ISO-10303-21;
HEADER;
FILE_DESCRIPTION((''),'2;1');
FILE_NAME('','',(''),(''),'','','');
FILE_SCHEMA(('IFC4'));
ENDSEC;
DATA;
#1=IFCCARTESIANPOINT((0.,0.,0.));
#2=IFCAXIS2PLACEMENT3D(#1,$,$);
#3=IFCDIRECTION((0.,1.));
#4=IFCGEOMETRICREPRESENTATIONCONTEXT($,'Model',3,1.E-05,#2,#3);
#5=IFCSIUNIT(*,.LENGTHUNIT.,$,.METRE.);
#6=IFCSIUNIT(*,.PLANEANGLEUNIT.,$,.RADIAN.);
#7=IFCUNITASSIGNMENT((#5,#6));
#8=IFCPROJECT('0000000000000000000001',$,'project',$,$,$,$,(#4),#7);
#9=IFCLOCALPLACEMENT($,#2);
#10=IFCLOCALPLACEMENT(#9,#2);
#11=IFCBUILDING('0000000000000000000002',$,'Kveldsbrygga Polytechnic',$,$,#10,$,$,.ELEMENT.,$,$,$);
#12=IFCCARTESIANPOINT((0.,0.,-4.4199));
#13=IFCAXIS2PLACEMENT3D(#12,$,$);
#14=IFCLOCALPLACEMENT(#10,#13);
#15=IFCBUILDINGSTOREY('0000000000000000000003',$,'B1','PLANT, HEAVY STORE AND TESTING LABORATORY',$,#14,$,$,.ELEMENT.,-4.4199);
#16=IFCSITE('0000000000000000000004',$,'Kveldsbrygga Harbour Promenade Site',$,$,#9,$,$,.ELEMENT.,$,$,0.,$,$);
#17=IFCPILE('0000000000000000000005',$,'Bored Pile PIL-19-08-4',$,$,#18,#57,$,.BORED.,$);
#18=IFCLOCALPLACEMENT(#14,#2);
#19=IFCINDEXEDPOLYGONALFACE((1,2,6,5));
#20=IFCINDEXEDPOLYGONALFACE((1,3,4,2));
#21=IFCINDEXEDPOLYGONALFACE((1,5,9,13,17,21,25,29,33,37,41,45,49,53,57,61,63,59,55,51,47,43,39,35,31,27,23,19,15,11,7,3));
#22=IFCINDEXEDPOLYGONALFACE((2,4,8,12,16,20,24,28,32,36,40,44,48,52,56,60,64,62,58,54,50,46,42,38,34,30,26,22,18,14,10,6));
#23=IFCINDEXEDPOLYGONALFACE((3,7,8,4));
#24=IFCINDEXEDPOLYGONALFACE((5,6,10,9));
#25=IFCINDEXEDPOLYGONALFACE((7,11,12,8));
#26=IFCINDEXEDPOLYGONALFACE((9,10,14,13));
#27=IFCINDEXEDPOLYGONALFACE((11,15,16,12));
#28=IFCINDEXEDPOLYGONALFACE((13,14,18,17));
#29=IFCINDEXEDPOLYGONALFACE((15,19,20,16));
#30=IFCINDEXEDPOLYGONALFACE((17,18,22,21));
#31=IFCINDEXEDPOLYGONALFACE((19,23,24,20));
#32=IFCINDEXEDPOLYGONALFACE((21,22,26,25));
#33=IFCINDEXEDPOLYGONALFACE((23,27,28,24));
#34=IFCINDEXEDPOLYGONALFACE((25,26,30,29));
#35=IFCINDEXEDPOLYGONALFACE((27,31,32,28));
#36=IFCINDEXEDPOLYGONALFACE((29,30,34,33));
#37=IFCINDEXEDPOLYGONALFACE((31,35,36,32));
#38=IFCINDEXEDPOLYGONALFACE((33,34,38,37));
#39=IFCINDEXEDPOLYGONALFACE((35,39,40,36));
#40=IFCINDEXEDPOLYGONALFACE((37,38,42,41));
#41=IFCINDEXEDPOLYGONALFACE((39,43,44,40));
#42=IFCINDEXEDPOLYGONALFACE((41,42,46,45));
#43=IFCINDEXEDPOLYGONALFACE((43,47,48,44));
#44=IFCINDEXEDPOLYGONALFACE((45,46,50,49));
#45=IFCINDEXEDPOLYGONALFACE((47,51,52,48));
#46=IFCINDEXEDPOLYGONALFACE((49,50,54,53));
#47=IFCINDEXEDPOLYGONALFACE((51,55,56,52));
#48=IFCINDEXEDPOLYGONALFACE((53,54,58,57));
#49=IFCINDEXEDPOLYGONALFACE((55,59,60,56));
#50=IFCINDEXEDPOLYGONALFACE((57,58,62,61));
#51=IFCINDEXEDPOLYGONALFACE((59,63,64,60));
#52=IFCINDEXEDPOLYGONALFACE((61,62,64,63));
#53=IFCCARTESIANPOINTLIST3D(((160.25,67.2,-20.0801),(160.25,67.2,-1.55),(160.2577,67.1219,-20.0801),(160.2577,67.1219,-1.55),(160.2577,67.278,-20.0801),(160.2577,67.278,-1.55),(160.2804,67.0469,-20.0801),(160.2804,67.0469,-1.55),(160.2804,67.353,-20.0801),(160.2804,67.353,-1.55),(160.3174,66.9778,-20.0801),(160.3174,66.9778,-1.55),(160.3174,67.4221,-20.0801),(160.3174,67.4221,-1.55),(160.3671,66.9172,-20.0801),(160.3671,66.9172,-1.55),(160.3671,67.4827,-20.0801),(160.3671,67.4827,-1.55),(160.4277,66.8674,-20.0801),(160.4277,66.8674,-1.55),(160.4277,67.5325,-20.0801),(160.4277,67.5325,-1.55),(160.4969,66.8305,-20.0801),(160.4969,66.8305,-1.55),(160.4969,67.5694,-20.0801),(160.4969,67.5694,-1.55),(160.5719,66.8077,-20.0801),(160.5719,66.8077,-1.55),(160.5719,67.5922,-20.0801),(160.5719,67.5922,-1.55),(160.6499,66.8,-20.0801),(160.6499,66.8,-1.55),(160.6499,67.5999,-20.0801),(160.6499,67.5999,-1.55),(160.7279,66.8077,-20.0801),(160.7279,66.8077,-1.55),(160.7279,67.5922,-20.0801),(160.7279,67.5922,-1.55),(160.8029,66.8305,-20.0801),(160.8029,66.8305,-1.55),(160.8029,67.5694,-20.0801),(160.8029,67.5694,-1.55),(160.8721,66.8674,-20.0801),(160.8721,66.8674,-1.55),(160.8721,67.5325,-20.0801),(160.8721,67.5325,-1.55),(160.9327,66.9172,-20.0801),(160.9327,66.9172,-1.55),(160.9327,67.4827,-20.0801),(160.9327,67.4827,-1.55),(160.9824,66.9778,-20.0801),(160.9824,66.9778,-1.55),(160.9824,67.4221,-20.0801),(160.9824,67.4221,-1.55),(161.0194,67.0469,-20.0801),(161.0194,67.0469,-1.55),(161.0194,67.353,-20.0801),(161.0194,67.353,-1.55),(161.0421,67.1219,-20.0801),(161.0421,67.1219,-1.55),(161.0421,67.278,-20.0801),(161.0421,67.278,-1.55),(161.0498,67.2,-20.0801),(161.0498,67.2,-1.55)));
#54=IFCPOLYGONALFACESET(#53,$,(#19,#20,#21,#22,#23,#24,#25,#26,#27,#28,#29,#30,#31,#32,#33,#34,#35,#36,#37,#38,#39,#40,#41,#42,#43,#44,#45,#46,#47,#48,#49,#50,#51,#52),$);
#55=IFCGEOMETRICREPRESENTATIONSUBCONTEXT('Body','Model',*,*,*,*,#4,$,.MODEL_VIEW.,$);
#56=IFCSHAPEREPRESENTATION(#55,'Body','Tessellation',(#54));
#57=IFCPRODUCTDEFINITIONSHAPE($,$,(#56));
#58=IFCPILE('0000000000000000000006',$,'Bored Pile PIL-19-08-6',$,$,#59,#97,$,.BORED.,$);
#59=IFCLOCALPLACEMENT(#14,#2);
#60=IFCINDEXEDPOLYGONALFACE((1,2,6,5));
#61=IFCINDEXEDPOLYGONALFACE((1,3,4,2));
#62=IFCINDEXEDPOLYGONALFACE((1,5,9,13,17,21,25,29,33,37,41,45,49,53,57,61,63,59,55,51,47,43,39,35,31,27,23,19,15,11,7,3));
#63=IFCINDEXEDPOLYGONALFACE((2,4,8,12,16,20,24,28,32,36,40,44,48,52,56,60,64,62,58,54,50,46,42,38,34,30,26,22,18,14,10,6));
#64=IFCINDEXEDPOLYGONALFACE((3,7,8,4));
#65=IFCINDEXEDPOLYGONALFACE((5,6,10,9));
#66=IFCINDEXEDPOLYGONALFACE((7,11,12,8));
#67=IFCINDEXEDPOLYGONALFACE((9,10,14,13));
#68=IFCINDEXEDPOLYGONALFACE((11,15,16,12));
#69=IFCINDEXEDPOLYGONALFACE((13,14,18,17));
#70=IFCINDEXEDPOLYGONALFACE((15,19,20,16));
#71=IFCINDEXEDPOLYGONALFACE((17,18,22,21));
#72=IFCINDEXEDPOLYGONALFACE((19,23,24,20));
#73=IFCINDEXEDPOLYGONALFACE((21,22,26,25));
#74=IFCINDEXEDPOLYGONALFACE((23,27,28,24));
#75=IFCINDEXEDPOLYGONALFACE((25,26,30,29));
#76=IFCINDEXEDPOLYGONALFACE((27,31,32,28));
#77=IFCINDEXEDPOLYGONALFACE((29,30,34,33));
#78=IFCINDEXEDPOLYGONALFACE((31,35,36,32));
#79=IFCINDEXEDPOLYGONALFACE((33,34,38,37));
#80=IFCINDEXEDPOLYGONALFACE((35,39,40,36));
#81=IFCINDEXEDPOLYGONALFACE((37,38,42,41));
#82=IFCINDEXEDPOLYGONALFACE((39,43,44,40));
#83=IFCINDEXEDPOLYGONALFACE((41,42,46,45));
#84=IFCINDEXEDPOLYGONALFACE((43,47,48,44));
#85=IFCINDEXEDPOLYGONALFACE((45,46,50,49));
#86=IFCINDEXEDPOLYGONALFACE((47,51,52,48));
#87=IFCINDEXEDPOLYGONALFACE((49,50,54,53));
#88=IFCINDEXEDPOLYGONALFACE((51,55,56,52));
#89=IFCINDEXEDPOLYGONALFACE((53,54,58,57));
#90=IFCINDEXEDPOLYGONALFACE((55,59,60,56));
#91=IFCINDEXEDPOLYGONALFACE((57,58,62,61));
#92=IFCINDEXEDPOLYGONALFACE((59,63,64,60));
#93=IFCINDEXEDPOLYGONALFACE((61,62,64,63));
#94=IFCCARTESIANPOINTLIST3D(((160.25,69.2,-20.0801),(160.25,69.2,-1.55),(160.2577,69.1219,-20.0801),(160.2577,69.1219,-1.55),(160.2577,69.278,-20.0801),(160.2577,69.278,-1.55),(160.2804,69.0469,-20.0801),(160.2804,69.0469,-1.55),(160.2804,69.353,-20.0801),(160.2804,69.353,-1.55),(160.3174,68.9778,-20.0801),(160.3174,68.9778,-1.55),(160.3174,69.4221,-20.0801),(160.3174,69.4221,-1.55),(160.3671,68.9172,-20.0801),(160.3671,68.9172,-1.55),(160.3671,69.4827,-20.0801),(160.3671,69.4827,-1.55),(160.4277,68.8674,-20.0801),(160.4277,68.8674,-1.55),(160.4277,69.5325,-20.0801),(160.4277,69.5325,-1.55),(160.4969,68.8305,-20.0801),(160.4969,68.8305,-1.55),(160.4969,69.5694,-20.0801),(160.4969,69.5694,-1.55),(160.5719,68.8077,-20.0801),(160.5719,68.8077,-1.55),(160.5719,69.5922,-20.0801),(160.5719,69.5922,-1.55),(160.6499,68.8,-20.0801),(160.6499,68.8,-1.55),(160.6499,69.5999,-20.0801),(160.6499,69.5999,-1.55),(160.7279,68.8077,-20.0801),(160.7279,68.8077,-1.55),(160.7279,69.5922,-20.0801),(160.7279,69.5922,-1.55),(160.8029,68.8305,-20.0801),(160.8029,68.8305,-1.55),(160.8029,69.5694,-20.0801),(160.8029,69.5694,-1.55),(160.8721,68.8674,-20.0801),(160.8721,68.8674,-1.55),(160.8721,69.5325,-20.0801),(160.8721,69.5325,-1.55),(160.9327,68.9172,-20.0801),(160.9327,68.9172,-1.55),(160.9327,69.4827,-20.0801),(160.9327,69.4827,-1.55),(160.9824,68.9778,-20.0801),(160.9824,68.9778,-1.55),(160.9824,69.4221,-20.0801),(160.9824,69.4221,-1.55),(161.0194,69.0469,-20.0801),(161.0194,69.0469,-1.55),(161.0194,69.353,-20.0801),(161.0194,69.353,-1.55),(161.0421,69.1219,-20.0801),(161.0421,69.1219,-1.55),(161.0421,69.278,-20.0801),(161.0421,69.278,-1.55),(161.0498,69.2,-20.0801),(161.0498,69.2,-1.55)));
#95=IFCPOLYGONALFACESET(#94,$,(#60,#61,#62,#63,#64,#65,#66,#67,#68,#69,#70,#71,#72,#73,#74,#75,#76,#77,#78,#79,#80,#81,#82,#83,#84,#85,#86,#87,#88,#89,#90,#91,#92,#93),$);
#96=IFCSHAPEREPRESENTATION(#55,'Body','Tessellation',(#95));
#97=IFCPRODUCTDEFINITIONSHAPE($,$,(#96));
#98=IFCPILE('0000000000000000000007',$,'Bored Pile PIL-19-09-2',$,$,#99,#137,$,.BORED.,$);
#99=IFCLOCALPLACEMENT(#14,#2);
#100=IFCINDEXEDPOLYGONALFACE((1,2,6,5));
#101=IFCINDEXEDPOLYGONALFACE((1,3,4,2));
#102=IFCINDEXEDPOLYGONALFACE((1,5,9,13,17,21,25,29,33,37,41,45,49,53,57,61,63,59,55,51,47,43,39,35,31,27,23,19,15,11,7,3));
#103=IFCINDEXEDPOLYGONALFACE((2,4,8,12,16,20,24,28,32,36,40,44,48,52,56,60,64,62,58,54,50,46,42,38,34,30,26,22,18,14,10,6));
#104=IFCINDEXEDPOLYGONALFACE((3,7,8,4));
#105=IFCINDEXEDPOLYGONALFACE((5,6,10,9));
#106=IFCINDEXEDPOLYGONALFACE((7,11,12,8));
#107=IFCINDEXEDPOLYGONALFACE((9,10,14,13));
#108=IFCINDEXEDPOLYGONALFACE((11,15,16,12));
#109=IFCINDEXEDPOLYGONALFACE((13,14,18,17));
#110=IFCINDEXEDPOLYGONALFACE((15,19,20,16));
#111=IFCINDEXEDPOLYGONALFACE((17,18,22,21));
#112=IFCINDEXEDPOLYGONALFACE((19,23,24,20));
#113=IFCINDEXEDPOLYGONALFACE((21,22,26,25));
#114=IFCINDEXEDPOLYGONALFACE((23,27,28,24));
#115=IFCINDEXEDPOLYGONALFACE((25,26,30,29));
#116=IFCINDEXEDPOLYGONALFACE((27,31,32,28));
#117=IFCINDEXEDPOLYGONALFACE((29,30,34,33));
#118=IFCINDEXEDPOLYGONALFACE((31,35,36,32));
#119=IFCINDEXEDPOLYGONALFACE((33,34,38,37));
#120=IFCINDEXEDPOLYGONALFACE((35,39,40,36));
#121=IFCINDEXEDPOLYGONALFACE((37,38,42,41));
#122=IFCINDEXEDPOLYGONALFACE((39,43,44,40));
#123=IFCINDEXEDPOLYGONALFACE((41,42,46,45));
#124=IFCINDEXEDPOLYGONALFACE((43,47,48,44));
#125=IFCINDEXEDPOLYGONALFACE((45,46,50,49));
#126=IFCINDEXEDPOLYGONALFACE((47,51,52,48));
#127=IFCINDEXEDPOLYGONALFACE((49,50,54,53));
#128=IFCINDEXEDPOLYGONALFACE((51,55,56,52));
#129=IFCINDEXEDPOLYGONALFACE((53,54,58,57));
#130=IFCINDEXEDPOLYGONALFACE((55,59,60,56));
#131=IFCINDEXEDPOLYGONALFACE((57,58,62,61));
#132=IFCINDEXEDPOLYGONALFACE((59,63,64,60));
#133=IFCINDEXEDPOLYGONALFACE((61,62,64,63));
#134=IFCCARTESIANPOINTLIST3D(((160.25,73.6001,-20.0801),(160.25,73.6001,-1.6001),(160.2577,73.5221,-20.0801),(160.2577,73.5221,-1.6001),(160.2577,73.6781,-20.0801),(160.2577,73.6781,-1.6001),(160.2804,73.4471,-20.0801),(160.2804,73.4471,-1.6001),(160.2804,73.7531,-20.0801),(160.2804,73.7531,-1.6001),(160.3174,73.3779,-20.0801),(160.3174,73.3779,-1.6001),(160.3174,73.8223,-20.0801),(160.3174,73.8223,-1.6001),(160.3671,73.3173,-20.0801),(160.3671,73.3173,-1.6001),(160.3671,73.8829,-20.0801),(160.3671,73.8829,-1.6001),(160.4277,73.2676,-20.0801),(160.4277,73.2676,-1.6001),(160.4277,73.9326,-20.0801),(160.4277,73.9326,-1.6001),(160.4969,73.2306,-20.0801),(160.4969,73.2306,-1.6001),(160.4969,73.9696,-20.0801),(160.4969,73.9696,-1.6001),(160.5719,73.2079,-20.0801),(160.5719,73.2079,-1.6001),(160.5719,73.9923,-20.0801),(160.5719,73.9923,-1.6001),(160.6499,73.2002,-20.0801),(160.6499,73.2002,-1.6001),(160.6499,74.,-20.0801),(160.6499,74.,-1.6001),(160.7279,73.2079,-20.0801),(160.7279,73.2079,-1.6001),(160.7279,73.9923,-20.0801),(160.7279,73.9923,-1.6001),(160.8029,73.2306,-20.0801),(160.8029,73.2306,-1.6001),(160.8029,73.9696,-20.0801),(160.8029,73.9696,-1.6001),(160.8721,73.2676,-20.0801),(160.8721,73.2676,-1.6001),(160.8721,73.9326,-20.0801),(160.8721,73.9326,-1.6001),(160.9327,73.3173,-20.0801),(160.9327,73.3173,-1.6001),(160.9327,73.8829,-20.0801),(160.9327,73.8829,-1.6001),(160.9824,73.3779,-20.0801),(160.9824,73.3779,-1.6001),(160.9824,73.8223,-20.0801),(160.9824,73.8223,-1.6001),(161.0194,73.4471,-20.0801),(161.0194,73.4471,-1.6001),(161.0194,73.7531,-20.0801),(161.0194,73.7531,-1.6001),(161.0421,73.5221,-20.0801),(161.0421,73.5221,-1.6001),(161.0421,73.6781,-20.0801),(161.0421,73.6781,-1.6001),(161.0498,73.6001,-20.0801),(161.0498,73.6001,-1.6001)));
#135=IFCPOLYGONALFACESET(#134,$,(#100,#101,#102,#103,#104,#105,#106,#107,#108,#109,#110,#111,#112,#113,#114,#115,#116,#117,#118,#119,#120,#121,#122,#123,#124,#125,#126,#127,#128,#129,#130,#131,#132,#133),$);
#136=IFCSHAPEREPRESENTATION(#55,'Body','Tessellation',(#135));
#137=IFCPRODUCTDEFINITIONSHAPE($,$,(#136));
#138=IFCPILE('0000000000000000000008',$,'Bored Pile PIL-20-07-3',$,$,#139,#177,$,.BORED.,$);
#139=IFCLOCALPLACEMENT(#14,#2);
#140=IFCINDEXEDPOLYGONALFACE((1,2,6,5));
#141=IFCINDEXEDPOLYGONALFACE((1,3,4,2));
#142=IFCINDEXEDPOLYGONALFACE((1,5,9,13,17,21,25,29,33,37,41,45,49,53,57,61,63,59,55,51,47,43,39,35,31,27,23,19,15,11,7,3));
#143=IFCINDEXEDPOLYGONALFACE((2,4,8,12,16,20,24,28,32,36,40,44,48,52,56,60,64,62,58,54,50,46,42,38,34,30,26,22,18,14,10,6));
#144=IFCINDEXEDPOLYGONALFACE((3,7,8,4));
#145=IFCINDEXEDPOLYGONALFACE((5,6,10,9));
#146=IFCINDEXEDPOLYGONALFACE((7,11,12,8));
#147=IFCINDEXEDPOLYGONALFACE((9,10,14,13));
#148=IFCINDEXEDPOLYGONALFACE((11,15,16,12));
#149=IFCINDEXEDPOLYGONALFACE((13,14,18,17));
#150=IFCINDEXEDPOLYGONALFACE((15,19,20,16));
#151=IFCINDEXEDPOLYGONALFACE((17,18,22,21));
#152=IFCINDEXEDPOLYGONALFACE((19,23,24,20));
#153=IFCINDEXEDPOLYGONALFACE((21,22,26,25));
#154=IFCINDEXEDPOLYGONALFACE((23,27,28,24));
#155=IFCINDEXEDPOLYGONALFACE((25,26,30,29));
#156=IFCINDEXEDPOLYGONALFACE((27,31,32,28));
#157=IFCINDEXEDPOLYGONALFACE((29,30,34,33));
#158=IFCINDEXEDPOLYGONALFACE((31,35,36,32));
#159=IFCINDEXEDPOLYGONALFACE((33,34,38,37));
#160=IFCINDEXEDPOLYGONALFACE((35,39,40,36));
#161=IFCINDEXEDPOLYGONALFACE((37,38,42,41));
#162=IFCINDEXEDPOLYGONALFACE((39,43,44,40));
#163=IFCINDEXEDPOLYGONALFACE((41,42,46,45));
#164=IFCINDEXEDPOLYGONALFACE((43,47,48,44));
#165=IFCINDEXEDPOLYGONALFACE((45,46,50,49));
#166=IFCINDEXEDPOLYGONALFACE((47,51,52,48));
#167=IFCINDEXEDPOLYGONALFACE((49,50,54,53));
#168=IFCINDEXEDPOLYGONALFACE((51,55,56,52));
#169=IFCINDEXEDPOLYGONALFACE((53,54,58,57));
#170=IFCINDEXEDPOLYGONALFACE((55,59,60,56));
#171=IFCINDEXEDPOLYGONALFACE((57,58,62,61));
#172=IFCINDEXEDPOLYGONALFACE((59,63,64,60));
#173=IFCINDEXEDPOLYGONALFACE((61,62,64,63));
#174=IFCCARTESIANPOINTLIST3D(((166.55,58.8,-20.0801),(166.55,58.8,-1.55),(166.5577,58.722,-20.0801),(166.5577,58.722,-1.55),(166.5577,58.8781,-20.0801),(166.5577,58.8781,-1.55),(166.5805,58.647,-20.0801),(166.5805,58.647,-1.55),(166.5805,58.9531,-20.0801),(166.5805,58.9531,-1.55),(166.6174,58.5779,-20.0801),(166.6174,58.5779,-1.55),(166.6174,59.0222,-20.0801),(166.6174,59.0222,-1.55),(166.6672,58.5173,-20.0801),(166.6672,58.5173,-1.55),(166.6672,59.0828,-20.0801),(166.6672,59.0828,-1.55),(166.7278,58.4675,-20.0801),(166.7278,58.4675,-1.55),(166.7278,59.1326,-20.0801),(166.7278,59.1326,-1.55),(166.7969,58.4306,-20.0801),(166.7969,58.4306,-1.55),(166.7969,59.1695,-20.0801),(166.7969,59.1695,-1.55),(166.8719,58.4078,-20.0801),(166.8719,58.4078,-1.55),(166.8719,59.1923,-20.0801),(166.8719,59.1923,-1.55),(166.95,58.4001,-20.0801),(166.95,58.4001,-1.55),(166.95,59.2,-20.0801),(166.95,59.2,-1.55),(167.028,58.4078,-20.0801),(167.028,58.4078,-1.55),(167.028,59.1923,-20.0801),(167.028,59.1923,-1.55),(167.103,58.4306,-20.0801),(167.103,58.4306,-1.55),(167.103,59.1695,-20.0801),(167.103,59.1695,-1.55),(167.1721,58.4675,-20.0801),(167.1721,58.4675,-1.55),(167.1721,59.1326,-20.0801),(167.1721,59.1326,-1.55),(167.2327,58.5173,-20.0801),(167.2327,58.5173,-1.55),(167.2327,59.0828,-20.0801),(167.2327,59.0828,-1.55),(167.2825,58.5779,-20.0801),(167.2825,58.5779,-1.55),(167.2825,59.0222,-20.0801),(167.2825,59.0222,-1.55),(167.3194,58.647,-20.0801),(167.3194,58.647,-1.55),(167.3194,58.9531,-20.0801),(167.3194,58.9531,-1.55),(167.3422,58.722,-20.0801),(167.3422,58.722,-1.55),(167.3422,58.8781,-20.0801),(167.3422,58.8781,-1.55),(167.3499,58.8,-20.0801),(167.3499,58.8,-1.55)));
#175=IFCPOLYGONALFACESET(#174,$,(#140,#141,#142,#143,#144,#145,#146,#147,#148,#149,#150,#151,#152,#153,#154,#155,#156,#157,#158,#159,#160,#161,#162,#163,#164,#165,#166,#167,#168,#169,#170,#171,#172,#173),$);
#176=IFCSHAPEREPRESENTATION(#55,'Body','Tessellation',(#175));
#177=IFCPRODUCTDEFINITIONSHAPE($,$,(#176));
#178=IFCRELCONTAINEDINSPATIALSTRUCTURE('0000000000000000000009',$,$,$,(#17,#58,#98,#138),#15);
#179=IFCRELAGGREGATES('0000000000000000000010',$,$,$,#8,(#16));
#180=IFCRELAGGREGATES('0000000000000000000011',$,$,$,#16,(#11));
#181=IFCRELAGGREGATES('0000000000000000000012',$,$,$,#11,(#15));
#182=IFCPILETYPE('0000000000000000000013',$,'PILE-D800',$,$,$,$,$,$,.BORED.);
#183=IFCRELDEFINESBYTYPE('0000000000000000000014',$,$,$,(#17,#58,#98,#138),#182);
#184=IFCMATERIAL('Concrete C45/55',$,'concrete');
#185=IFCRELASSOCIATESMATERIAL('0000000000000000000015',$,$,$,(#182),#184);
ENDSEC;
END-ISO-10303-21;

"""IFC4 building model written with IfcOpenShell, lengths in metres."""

from ifc_helpers import new_model, si_unit, direction, frame, origin, origin_2d, place, context, subcontext, project, spatial, circle, extrude, material, material_profile, profile_set, type_object, element, save


model = new_model("IFC4")

# Units and contexts
model_context = context("Model", 3, precision=1e-05, world=origin(), true_north=direction((0.0, 1.0)))
body_context = subcontext(model_context, "Body", "Model", "MODEL_VIEW")
ifc_project = project(units=[si_unit("LENGTHUNIT", "METRE"), si_unit("PLANEANGLEUNIT", "RADIAN")], contexts=[model_context])

# Site, building, storey
site_placement = place(None, origin())
site = spatial("IfcSite", under=ifc_project, at=site_placement, Name="Kveldsbrygga Harbour Promenade Site", CompositionType="ELEMENT", RefElevation=0.0)
building_placement = place(site_placement, origin())
building = spatial("IfcBuilding", under=site, at=building_placement, Name="Kveldsbrygga Polytechnic", CompositionType="ELEMENT")
storey_placement = place(building_placement, frame((0.0, 0.0, -4.4199)))
storey = spatial("IfcBuildingStorey", under=building, at=storey_placement, Name="B1", Description="PLANT, HEAVY STORE AND TESTING LABORATORY", CompositionType="ELEMENT", Elevation=-4.4199)

# Shared definitions
ifc_material_1 = material(Name="Concrete C45/55", Category="concrete")

# Piles
ifc_material_profile_1 = material_profile(ifc_material_1, circle(Radius=0.3999, at=origin_2d()), Name="PILE D800")
ifc_profile_set_1 = profile_set([ifc_material_profile_1], Name="Concrete C45/55")
pile_type = type_object("IfcPileType", Name="PILE-D800", PredefinedType="BORED", material=ifc_profile_set_1)
for number, where, z_axis, x_axis, name in (
    (1, (160.6499, 67.2, -1.55), (0.0, 0.0, -1.0), (1.0, 0.0, 0.0), "Bored Pile PIL-19-08-4"),
    (2, (160.6499, 69.2, -1.55), (0.0, 0.0, -1.0), (1.0, 0.0, 0.0), "Bored Pile PIL-19-08-6"),
):
    element("IfcPile", number, at=place(storey_placement, frame(where, z_axis=z_axis, x_axis=x_axis)), inside=storey, type_object=pile_type, Name=name, PredefinedType="BORED", context=body_context, shape_type="SweptSolid", body=[
        extrude(circle(Radius=0.3999, at=origin_2d()), origin(), (0.0, 0.0, 1.0), 18.53),
    ])
pile_placement = place(storey_placement, frame((160.6499, 73.6001, -1.6001), z_axis=(0.0, 0.0, -1.0), x_axis=(1.0, 0.0, 0.0)))
element("IfcPile", 3, at=pile_placement, inside=storey, type_object=pile_type, Name="Bored Pile PIL-19-09-2", PredefinedType="BORED", context=body_context, shape_type="SweptSolid", body=[
    extrude(circle(Radius=0.3999, at=origin_2d()), origin(), (0.0, 0.0, 1.0), 18.48),
])
for number, where, z_axis, x_axis, name in (
    (4, (166.95, 58.8, -1.55), (0.0, 0.0, -1.0), (1.0, 0.0, 0.0), "Bored Pile PIL-20-07-3"),
):
    element("IfcPile", number, at=place(storey_placement, frame(where, z_axis=z_axis, x_axis=x_axis)), inside=storey, type_object=pile_type, Name=name, PredefinedType="BORED", context=body_context, shape_type="SweptSolid", body=[
        extrude(circle(Radius=0.3999, at=origin_2d()), origin(), (0.0, 0.0, 1.0), 18.53),
    ])

save(model, "model.ifc")
